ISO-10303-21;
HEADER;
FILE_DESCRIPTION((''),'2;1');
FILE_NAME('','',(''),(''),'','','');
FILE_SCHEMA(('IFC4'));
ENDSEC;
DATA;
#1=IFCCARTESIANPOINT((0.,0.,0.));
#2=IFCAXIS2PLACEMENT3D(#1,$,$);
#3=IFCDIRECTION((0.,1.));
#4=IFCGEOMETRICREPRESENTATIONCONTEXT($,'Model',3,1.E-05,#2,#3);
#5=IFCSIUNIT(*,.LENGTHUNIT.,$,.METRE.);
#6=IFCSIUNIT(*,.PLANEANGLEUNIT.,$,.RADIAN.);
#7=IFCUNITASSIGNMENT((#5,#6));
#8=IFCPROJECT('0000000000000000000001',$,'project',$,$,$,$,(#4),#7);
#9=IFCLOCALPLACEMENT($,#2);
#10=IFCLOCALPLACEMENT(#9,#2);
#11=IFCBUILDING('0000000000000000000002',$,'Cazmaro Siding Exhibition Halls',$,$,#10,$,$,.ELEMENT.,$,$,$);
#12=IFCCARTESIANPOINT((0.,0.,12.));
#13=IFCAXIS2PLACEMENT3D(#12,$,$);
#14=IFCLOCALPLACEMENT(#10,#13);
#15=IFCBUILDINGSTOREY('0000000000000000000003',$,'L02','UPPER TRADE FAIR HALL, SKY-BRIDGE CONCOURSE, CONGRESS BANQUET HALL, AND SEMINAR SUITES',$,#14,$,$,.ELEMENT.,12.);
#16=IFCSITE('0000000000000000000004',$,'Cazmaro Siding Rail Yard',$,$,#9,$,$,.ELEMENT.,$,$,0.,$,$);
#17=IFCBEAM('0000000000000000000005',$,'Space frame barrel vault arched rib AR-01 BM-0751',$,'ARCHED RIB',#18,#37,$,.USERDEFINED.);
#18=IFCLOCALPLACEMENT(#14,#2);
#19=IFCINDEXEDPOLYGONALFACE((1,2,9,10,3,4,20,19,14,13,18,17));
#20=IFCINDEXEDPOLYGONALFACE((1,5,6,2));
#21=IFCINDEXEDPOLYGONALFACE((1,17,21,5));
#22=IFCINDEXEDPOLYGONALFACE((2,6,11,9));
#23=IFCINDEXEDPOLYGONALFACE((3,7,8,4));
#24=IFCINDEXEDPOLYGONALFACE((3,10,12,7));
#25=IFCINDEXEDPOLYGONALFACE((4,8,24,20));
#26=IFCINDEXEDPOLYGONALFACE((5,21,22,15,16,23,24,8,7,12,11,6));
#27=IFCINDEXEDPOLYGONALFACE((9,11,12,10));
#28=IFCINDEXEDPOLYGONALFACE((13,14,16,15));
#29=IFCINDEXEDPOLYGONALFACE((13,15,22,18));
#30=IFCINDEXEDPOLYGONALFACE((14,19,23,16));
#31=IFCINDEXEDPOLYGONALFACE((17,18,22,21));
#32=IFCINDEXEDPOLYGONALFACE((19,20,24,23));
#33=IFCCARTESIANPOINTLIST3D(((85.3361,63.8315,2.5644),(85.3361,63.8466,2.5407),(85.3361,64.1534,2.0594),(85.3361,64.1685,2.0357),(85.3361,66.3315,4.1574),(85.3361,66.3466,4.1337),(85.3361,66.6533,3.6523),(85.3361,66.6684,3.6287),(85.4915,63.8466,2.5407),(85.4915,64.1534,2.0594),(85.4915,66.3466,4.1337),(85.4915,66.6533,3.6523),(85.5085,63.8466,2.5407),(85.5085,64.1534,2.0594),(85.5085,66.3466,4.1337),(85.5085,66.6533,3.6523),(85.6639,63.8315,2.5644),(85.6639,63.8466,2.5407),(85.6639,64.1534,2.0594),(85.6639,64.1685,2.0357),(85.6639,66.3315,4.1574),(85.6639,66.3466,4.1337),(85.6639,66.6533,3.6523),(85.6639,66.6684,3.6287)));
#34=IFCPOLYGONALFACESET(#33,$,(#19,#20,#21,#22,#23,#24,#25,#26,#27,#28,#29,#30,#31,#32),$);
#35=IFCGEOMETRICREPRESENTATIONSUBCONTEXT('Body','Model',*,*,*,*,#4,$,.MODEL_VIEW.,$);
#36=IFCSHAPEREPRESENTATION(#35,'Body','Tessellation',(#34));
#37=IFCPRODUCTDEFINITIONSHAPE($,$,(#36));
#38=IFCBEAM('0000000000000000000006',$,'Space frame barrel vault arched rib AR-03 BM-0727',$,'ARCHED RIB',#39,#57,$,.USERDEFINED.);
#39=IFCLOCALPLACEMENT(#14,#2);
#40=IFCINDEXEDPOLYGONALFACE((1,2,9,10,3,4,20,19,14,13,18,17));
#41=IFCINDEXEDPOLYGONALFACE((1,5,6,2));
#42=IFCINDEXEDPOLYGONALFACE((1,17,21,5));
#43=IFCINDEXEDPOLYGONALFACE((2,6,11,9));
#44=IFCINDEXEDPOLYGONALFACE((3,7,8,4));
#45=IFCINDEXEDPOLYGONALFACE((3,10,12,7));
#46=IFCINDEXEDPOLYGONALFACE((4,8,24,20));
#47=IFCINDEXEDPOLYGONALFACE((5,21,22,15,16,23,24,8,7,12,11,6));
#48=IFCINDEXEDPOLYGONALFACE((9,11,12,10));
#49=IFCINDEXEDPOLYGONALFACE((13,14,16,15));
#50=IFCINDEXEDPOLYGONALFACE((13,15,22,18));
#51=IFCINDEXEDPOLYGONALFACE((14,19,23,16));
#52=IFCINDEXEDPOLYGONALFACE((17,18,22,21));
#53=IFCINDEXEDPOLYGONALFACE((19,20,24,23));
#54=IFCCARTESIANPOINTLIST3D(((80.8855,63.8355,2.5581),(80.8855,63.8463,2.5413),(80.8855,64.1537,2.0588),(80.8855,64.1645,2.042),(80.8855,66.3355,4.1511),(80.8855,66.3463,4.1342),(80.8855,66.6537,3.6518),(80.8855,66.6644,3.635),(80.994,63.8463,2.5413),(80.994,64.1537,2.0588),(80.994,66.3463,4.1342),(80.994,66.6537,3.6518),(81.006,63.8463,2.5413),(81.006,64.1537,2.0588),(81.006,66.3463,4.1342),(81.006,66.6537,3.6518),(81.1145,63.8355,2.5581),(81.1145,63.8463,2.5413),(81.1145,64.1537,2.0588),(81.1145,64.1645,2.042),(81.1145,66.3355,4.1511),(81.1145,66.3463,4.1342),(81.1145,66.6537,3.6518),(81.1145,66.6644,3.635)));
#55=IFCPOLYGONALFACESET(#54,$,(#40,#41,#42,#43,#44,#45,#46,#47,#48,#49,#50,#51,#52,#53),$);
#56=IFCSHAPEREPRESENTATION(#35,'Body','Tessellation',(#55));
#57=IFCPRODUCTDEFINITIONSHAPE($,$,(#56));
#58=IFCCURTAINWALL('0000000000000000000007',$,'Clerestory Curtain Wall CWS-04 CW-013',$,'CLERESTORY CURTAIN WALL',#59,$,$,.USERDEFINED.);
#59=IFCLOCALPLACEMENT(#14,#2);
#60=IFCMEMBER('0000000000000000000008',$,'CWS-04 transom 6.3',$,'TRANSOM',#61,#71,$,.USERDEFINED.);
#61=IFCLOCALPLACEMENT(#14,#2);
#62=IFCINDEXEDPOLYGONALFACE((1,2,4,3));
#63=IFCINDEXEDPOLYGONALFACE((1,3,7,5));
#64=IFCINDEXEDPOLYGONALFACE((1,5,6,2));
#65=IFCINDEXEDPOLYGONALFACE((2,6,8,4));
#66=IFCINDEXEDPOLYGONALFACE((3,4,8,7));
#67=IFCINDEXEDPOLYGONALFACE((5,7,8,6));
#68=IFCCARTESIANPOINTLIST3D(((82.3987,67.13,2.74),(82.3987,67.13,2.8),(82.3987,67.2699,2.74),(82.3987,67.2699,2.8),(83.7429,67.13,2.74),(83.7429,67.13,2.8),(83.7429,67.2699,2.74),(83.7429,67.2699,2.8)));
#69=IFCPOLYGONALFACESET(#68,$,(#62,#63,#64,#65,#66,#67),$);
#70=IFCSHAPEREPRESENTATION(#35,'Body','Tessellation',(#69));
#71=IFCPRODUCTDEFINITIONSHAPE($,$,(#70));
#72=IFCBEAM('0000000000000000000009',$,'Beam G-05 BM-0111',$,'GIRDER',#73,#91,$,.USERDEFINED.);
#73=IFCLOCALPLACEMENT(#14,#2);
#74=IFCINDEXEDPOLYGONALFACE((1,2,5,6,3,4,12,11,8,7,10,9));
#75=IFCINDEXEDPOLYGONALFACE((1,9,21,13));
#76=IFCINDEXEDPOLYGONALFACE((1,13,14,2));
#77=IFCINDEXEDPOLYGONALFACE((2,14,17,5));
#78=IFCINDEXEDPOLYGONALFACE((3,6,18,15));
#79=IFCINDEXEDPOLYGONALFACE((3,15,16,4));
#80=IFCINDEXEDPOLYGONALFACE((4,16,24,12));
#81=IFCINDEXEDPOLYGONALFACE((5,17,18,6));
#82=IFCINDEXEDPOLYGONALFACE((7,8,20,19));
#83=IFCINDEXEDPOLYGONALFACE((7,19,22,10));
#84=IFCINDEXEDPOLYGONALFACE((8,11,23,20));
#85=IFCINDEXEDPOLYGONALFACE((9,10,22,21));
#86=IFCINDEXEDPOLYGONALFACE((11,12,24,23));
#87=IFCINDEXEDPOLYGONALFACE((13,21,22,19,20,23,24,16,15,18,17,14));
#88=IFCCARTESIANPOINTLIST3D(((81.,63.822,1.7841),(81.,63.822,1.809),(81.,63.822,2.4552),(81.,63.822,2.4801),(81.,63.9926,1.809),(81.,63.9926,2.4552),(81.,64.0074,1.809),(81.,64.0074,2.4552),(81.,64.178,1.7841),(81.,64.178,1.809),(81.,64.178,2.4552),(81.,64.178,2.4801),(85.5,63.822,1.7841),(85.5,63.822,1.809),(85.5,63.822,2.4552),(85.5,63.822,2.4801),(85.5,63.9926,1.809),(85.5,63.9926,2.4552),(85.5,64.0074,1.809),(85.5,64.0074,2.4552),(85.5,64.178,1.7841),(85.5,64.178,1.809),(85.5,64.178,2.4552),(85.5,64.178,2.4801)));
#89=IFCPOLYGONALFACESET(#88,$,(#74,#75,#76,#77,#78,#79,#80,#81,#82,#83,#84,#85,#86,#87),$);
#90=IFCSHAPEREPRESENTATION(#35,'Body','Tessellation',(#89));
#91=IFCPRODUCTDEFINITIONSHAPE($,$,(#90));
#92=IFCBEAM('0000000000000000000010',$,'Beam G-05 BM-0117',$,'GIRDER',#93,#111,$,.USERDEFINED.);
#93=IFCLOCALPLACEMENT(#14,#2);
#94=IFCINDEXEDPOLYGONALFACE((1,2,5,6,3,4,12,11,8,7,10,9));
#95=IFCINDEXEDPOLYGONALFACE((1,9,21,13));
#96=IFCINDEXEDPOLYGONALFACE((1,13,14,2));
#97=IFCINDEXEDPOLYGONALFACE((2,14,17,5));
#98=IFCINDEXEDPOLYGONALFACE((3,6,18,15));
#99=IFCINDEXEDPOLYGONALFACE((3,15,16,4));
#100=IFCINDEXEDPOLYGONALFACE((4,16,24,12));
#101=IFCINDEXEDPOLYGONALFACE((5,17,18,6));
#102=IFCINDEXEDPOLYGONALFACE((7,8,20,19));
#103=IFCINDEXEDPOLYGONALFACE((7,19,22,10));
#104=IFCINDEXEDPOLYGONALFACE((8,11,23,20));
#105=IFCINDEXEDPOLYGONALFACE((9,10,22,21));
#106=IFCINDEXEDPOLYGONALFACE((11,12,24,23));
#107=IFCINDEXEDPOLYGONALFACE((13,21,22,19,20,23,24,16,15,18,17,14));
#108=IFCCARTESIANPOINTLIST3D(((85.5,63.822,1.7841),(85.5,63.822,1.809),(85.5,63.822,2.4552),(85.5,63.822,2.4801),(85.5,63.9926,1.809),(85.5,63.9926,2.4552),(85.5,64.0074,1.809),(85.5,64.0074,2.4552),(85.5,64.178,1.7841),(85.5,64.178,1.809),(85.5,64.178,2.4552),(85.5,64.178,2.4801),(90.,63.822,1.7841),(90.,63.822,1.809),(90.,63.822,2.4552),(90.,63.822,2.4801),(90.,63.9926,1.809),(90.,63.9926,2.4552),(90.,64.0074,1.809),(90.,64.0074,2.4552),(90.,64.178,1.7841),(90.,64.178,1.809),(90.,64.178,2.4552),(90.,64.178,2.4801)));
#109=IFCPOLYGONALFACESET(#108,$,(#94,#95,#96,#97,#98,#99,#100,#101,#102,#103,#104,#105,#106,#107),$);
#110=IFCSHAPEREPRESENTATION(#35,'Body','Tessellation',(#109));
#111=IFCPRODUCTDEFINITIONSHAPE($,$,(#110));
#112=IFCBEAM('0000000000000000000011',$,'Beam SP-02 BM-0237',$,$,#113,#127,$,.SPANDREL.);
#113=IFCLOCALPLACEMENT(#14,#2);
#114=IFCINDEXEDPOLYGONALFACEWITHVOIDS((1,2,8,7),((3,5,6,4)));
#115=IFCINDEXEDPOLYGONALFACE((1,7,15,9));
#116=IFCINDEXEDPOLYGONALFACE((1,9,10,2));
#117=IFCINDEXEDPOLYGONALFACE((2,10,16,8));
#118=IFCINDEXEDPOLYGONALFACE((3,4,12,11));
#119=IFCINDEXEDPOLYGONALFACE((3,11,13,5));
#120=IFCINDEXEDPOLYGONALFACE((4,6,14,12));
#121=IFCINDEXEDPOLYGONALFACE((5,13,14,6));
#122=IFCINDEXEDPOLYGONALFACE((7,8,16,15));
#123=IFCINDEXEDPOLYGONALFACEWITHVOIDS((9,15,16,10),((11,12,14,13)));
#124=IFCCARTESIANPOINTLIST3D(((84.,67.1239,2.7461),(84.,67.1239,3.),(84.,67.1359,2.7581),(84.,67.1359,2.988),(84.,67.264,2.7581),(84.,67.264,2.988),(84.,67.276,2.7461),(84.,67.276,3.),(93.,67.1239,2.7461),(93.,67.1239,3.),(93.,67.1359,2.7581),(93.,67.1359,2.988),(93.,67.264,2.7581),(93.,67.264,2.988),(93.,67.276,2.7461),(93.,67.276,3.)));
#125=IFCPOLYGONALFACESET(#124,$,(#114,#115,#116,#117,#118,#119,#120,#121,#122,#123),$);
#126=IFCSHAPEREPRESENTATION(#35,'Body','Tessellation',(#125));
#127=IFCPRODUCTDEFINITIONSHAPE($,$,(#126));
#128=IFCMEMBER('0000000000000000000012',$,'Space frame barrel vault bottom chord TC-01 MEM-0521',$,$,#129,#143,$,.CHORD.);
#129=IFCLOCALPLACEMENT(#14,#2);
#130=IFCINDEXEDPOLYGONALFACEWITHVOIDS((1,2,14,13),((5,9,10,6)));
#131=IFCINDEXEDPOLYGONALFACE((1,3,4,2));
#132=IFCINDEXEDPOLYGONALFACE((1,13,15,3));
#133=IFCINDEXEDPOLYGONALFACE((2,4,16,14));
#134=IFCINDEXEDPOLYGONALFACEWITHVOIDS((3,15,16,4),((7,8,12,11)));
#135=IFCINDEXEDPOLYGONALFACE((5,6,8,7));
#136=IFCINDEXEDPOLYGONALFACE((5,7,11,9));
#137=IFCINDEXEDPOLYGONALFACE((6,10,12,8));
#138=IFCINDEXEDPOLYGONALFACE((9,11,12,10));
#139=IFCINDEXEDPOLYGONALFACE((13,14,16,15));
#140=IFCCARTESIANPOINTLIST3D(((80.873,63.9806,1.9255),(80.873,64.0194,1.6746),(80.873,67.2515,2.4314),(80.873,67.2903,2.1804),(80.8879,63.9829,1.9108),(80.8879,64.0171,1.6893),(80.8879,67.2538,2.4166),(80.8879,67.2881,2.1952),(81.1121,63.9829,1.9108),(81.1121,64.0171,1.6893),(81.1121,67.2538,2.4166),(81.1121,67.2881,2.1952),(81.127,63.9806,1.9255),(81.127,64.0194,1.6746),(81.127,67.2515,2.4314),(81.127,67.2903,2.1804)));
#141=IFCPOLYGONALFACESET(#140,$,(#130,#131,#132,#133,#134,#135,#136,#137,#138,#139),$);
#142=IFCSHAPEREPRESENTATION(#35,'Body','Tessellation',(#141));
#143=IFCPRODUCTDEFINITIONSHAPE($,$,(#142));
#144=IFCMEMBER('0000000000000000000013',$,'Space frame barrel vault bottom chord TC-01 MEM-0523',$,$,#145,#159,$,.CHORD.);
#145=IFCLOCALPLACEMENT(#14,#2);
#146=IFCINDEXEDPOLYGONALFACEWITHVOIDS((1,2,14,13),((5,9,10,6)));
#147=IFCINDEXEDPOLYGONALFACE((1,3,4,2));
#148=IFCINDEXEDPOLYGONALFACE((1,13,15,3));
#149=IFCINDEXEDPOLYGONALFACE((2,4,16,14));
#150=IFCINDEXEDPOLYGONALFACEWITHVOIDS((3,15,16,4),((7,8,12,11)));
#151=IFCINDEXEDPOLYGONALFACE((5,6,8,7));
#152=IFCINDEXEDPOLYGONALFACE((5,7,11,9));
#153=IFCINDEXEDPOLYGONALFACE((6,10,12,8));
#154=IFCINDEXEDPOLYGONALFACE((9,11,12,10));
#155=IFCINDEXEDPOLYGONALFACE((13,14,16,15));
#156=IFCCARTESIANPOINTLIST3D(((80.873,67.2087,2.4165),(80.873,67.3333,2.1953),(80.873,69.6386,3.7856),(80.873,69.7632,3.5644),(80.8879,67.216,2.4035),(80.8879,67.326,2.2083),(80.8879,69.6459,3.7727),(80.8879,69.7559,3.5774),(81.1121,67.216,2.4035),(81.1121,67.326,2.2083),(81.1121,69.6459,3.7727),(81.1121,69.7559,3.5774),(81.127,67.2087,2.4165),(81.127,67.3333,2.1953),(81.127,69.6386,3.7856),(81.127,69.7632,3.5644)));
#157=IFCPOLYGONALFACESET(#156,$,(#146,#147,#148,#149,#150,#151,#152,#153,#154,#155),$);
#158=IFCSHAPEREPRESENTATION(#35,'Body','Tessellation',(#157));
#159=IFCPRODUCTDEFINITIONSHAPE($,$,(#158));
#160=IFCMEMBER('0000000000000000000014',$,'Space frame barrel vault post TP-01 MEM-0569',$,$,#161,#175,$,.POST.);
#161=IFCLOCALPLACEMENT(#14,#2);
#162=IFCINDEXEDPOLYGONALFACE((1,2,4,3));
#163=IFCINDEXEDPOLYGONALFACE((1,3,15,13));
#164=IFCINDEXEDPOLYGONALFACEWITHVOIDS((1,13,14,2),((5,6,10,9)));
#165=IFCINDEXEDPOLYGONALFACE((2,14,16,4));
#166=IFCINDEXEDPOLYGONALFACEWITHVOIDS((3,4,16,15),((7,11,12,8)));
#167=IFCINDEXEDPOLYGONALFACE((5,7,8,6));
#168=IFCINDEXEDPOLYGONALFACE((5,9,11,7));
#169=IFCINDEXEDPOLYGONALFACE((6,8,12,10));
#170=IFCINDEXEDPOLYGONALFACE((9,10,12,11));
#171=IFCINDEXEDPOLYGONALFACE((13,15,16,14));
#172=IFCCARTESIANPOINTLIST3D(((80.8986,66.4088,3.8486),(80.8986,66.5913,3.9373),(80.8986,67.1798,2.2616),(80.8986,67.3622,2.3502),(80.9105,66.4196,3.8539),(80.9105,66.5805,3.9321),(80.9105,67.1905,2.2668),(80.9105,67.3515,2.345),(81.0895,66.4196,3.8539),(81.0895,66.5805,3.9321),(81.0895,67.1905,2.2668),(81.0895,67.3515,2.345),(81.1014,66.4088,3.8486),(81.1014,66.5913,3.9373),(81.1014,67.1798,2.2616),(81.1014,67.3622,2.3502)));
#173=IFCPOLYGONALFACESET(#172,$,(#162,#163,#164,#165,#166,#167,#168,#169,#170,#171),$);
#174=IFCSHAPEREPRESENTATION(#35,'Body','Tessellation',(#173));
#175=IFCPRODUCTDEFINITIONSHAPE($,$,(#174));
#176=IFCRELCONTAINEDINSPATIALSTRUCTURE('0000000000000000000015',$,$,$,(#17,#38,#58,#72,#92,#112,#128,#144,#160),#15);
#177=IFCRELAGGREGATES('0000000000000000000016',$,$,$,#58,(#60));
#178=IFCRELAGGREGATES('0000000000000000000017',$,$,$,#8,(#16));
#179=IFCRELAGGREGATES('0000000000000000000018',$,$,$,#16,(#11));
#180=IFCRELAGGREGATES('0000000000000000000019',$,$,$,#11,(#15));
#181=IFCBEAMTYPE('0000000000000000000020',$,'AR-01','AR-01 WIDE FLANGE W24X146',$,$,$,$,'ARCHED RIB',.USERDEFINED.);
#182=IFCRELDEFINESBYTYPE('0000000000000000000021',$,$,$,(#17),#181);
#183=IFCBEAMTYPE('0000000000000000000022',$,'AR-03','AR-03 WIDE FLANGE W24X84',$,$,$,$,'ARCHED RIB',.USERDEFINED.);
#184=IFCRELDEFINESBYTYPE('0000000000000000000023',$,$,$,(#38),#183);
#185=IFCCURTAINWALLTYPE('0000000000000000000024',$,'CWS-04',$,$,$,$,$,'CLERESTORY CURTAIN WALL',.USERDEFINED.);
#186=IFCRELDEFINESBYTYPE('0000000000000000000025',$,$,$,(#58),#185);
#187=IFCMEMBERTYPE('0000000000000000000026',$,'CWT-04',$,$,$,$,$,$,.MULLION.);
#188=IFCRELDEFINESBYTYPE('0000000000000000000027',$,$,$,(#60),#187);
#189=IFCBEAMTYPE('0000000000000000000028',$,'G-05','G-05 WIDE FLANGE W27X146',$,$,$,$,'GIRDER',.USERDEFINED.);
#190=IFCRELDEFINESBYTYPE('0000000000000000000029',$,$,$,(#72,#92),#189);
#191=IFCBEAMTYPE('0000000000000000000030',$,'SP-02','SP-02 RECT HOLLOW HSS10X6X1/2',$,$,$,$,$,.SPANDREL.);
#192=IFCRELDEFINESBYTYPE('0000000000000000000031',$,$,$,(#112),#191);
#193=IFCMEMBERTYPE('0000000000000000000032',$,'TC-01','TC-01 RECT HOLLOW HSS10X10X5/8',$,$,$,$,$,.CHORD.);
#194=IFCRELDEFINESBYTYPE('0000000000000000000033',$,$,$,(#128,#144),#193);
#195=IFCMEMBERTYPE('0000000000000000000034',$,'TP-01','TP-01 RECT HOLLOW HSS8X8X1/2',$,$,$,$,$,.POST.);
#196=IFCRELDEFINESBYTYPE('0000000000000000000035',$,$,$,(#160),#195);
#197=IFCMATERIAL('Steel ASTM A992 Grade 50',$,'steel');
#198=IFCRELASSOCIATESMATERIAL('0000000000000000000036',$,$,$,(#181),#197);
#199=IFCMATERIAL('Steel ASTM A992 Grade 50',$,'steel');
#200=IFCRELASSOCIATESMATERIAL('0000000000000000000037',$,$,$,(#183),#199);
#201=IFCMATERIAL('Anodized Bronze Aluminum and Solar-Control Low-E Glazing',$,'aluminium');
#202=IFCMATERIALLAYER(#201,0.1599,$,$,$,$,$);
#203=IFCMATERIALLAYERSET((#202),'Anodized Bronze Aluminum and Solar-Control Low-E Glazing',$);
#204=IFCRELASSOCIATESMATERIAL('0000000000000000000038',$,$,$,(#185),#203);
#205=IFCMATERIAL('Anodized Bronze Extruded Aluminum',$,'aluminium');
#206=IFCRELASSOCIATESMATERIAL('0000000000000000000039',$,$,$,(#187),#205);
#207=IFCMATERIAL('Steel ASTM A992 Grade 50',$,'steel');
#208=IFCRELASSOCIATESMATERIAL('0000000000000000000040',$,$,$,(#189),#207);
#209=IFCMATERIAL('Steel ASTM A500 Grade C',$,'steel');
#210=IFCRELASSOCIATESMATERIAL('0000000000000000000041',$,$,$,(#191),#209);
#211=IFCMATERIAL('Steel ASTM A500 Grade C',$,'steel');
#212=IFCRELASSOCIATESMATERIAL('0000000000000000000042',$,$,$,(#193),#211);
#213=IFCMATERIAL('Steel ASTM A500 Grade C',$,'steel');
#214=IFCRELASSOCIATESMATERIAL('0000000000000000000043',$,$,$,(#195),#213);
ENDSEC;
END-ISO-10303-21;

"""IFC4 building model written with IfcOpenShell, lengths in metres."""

from ifc_helpers import new_model, si_unit, direction, frame, origin, origin_2d, place, context, subcontext, project, spatial, rectangle, hollow_rectangle, i_section, extrude, material, layer, layer_set, material_profile, profile_set, type_object, element, aggregate, save


model = new_model("IFC4")

# Units and contexts
model_context = context("Model", 3, precision=1e-05, world=origin(), true_north=direction((0.0, 1.0)))
body_context = subcontext(model_context, "Body", "Model", "MODEL_VIEW")
ifc_project = project(units=[si_unit("LENGTHUNIT", "METRE"), si_unit("PLANEANGLEUNIT", "RADIAN")], contexts=[model_context])

# Site, building, storey
site_placement = place(None, origin())
site = spatial("IfcSite", under=ifc_project, at=site_placement, Name="Cazmaro Siding Rail Yard", CompositionType="ELEMENT", RefElevation=0.0)
building_placement = place(site_placement, origin())
building = spatial("IfcBuilding", under=site, at=building_placement, Name="Cazmaro Siding Exhibition Halls", CompositionType="ELEMENT")
storey_placement = place(building_placement, frame((0.0, 0.0, 12.0)))
storey = spatial("IfcBuildingStorey", under=building, at=storey_placement, Name="L02", Description="UPPER TRADE FAIR HALL, SKY-BRIDGE CONCOURSE, CONGRESS BANQUET HALL, AND SEMINAR SUITES", CompositionType="ELEMENT", Elevation=12.0)

# Beams
ifc_material_1 = material(Name="Steel ASTM A992 Grade 50", Category="steel")
ifc_material_profile_1 = material_profile(ifc_material_1, i_section(OverallWidth=0.3279, OverallDepth=0.627, WebThickness=0.0171, FlangeThickness=0.0281, at=origin_2d()), Name="W24X146")
ifc_profile_set_1 = profile_set([ifc_material_profile_1], Name="Steel ASTM A992 Grade 50")
beam_type_1 = type_object("IfcBeamType", Name="AR-01", Description="AR-01 WIDE FLANGE W24X146", ElementType="ARCHED RIB", PredefinedType="USERDEFINED", material=ifc_profile_set_1)
beam_1_placement = place(storey_placement, frame((85.5, 64.0, 2.3), z_axis=(0.0, 0.843339, 0.537382), x_axis=(-1.0, 0.0, 0.0)))
element("IfcBeam", 1, at=beam_1_placement, inside=storey, type_object=beam_type_1, Name="Space frame barrel vault arched rib AR-01 BM-0751", ObjectType="ARCHED RIB", PredefinedType="USERDEFINED", context=body_context, shape_type="SweptSolid", body=[
    extrude(i_section(OverallWidth=0.3279, OverallDepth=0.627, WebThickness=0.0171, FlangeThickness=0.0281, at=origin_2d()), origin(), (0.0, 0.0, 1.0), 2.9644),
])
ifc_material_2 = material(Name="Steel ASTM A992 Grade 50", Category="steel")
ifc_material_profile_2 = material_profile(ifc_material_2, i_section(OverallWidth=0.229, OverallDepth=0.6121, WebThickness=0.012, FlangeThickness=0.02, at=origin_2d()), Name="W24X84")
ifc_profile_set_2 = profile_set([ifc_material_profile_2], Name="Steel ASTM A992 Grade 50")
beam_type_2 = type_object("IfcBeamType", Name="AR-03", Description="AR-03 WIDE FLANGE W24X84", ElementType="ARCHED RIB", PredefinedType="USERDEFINED", material=ifc_profile_set_2)
beam_2_placement = place(storey_placement, frame((81.0, 64.0, 2.3), z_axis=(0.0, 0.843339, 0.537382), x_axis=(-1.0, 0.0, 0.0)))
element("IfcBeam", 2, at=beam_2_placement, inside=storey, type_object=beam_type_2, Name="Space frame barrel vault arched rib AR-03 BM-0727", ObjectType="ARCHED RIB", PredefinedType="USERDEFINED", context=body_context, shape_type="SweptSolid", body=[
    extrude(i_section(OverallWidth=0.229, OverallDepth=0.6121, WebThickness=0.012, FlangeThickness=0.02, at=origin_2d()), origin(), (0.0, 0.0, 1.0), 2.9644),
])

# Curtain wall, member
ifc_material_3 = material(Name="Anodized Bronze Aluminum and Solar-Control Low-E Glazing", Category="aluminium")
ifc_layer_1 = layer(ifc_material_3, 0.1599)
ifc_layer_set_1 = layer_set([ifc_layer_1], Name="Anodized Bronze Aluminum and Solar-Control Low-E Glazing")
curtain_wall_type = type_object("IfcCurtainWallType", Name="CWS-04", ElementType="CLERESTORY CURTAIN WALL", PredefinedType="USERDEFINED", material=ifc_layer_set_1)
curtain_wall_placement = place(storey_placement, origin())
curtain_wall = element("IfcCurtainWall", 3, at=curtain_wall_placement, inside=storey, type_object=curtain_wall_type, Name="Clerestory Curtain Wall CWS-04 CW-013", ObjectType="CLERESTORY CURTAIN WALL", PredefinedType="USERDEFINED")
ifc_material_4 = material(Name="Anodized Bronze Extruded Aluminum", Category="aluminium")
ifc_material_profile_3 = material_profile(ifc_material_4, rectangle(XDim=0.1399, YDim=0.0601, at=origin_2d()), Name="CWT-04")
ifc_profile_set_3 = profile_set([ifc_material_profile_3], Name="Anodized Bronze Extruded Aluminum")
member_type_1 = type_object("IfcMemberType", Name="CWT-04", PredefinedType="MULLION", material=ifc_profile_set_3)
member_1_placement = place(storey_placement, frame((82.3987, 67.2, 2.77), z_axis=(1.0, 0.0, 0.0), x_axis=(0.0, 1.0, 0.0)))
member_1 = element("IfcMember", 4, at=member_1_placement, type_object=member_type_1, Name="CWS-04 transom 6.3", ObjectType="TRANSOM", PredefinedType="USERDEFINED", context=body_context, shape_type="SweptSolid", body=[
    extrude(rectangle(XDim=0.1399, YDim=0.0601, at=origin_2d()), origin(), (0.0, 0.0, 1.0), 1.3442),
])

# Beams
ifc_material_5 = material(Name="Steel ASTM A992 Grade 50", Category="steel")
ifc_material_profile_4 = material_profile(ifc_material_5, i_section(OverallWidth=0.356, OverallDepth=0.696, WebThickness=0.0149, FlangeThickness=0.0249, at=origin_2d()), Name="W27X146")
ifc_profile_set_4 = profile_set([ifc_material_profile_4], Name="Steel ASTM A992 Grade 50")
beam_type_3 = type_object("IfcBeamType", Name="G-05", Description="G-05 WIDE FLANGE W27X146", ElementType="GIRDER", PredefinedType="USERDEFINED", material=ifc_profile_set_4)
for number, where, z_axis, x_axis, name in (
    (5, (81.0, 64.0, 2.1321), (1.0, 0.0, 0.0), (0.0, 1.0, 0.0), "Beam G-05 BM-0111"),
    (6, (85.5, 64.0, 2.1321), (1.0, 0.0, 0.0), (0.0, 1.0, 0.0), "Beam G-05 BM-0117"),
):
    element("IfcBeam", number, at=place(storey_placement, frame(where, z_axis=z_axis, x_axis=x_axis)), inside=storey, type_object=beam_type_3, Name=name, ObjectType="GIRDER", PredefinedType="USERDEFINED", context=body_context, shape_type="SweptSolid", body=[
        extrude(i_section(OverallWidth=0.356, OverallDepth=0.696, WebThickness=0.0149, FlangeThickness=0.0249, at=origin_2d()), origin(), (0.0, 0.0, 1.0), 4.5),
    ])
ifc_material_6 = material(Name="Steel ASTM A500 Grade C", Category="steel")
ifc_material_profile_5 = material_profile(ifc_material_6, hollow_rectangle(XDim=0.1521, YDim=0.2539, WallThickness=0.012, at=origin_2d()), Name="HSS10X6X1/2")
ifc_profile_set_5 = profile_set([ifc_material_profile_5], Name="Steel ASTM A500 Grade C")
beam_type_4 = type_object("IfcBeamType", Name="SP-02", Description="SP-02 RECT HOLLOW HSS10X6X1/2", PredefinedType="SPANDREL", material=ifc_profile_set_5)
beam_3_placement = place(storey_placement, frame((84.0, 67.2, 2.873), z_axis=(1.0, 0.0, 0.0), x_axis=(0.0, 1.0, 0.0)))
element("IfcBeam", 7, at=beam_3_placement, inside=storey, type_object=beam_type_4, Name="Beam SP-02 BM-0237", PredefinedType="SPANDREL", context=body_context, shape_type="SweptSolid", body=[
    extrude(hollow_rectangle(XDim=0.1521, YDim=0.2539, WallThickness=0.012, at=origin_2d()), origin(), (0.0, 0.0, 1.0), 9.0),
])

# Members
ifc_material_7 = material(Name="Steel ASTM A500 Grade C", Category="steel")
ifc_material_profile_6 = material_profile(ifc_material_7, hollow_rectangle(XDim=0.2539, YDim=0.2539, WallThickness=0.0149, at=origin_2d()), Name="HSS10X10X5/8")
ifc_profile_set_6 = profile_set([ifc_material_profile_6], Name="Steel ASTM A500 Grade C")
member_type_2 = type_object("IfcMemberType", Name="TC-01", Description="TC-01 RECT HOLLOW HSS10X10X5/8", PredefinedType="CHORD", material=ifc_profile_set_6)
member_2_placement = place(storey_placement, frame((81.0, 64.0, 1.8), z_axis=(0.0, 0.988252, 0.152833), x_axis=(-1.0, 0.0, 0.0)))
element("IfcMember", 8, at=member_2_placement, inside=storey, type_object=member_type_2, Name="Space frame barrel vault bottom chord TC-01 MEM-0521", PredefinedType="CHORD", context=body_context, shape_type="SweptSolid", body=[
    extrude(hollow_rectangle(XDim=0.2539, YDim=0.2539, WallThickness=0.0149, at=origin_2d()), origin(), (0.0, 0.0, 1.0), 3.3098),
])
member_3_placement = place(storey_placement, frame((81.0, 67.271, 2.3059), z_axis=(0.0, 0.871222, 0.490889), x_axis=(-1.0, 0.0, 0.0)))
element("IfcMember", 9, at=member_3_placement, inside=storey, type_object=member_type_2, Name="Space frame barrel vault bottom chord TC-01 MEM-0523", PredefinedType="CHORD", context=body_context, shape_type="SweptSolid", body=[
    extrude(hollow_rectangle(XDim=0.2539, YDim=0.2539, WallThickness=0.0149, at=origin_2d()), origin(), (0.0, 0.0, 1.0), 2.7891),
])
ifc_material_8 = material(Name="Steel ASTM A500 Grade C", Category="steel")
ifc_material_profile_7 = material_profile(ifc_material_8, hollow_rectangle(XDim=0.2029, YDim=0.2029, WallThickness=0.012, at=origin_2d()), Name="HSS8X8X1/2")
ifc_profile_set_7 = profile_set([ifc_material_profile_7], Name="Steel ASTM A500 Grade C")
member_type_3 = type_object("IfcMemberType", Name="TP-01", Description="TP-01 RECT HOLLOW HSS8X8X1/2", PredefinedType="POST", material=ifc_profile_set_7)
member_4_placement = place(storey_placement, frame((81.0, 67.271, 2.3059), z_axis=(0.0, -0.436946, 0.899488), x_axis=(1.0, 0.0, 0.0)))
element("IfcMember", 10, at=member_4_placement, inside=storey, type_object=member_type_3, Name="Space frame barrel vault post TP-01 MEM-0569", PredefinedType="POST", context=body_context, shape_type="SweptSolid", body=[
    extrude(hollow_rectangle(XDim=0.2029, YDim=0.2029, WallThickness=0.012, at=origin_2d()), origin(), (0.0, 0.0, 1.0), 1.7644),
])

aggregate(curtain_wall, [member_1])

save(model, "model.ifc")
